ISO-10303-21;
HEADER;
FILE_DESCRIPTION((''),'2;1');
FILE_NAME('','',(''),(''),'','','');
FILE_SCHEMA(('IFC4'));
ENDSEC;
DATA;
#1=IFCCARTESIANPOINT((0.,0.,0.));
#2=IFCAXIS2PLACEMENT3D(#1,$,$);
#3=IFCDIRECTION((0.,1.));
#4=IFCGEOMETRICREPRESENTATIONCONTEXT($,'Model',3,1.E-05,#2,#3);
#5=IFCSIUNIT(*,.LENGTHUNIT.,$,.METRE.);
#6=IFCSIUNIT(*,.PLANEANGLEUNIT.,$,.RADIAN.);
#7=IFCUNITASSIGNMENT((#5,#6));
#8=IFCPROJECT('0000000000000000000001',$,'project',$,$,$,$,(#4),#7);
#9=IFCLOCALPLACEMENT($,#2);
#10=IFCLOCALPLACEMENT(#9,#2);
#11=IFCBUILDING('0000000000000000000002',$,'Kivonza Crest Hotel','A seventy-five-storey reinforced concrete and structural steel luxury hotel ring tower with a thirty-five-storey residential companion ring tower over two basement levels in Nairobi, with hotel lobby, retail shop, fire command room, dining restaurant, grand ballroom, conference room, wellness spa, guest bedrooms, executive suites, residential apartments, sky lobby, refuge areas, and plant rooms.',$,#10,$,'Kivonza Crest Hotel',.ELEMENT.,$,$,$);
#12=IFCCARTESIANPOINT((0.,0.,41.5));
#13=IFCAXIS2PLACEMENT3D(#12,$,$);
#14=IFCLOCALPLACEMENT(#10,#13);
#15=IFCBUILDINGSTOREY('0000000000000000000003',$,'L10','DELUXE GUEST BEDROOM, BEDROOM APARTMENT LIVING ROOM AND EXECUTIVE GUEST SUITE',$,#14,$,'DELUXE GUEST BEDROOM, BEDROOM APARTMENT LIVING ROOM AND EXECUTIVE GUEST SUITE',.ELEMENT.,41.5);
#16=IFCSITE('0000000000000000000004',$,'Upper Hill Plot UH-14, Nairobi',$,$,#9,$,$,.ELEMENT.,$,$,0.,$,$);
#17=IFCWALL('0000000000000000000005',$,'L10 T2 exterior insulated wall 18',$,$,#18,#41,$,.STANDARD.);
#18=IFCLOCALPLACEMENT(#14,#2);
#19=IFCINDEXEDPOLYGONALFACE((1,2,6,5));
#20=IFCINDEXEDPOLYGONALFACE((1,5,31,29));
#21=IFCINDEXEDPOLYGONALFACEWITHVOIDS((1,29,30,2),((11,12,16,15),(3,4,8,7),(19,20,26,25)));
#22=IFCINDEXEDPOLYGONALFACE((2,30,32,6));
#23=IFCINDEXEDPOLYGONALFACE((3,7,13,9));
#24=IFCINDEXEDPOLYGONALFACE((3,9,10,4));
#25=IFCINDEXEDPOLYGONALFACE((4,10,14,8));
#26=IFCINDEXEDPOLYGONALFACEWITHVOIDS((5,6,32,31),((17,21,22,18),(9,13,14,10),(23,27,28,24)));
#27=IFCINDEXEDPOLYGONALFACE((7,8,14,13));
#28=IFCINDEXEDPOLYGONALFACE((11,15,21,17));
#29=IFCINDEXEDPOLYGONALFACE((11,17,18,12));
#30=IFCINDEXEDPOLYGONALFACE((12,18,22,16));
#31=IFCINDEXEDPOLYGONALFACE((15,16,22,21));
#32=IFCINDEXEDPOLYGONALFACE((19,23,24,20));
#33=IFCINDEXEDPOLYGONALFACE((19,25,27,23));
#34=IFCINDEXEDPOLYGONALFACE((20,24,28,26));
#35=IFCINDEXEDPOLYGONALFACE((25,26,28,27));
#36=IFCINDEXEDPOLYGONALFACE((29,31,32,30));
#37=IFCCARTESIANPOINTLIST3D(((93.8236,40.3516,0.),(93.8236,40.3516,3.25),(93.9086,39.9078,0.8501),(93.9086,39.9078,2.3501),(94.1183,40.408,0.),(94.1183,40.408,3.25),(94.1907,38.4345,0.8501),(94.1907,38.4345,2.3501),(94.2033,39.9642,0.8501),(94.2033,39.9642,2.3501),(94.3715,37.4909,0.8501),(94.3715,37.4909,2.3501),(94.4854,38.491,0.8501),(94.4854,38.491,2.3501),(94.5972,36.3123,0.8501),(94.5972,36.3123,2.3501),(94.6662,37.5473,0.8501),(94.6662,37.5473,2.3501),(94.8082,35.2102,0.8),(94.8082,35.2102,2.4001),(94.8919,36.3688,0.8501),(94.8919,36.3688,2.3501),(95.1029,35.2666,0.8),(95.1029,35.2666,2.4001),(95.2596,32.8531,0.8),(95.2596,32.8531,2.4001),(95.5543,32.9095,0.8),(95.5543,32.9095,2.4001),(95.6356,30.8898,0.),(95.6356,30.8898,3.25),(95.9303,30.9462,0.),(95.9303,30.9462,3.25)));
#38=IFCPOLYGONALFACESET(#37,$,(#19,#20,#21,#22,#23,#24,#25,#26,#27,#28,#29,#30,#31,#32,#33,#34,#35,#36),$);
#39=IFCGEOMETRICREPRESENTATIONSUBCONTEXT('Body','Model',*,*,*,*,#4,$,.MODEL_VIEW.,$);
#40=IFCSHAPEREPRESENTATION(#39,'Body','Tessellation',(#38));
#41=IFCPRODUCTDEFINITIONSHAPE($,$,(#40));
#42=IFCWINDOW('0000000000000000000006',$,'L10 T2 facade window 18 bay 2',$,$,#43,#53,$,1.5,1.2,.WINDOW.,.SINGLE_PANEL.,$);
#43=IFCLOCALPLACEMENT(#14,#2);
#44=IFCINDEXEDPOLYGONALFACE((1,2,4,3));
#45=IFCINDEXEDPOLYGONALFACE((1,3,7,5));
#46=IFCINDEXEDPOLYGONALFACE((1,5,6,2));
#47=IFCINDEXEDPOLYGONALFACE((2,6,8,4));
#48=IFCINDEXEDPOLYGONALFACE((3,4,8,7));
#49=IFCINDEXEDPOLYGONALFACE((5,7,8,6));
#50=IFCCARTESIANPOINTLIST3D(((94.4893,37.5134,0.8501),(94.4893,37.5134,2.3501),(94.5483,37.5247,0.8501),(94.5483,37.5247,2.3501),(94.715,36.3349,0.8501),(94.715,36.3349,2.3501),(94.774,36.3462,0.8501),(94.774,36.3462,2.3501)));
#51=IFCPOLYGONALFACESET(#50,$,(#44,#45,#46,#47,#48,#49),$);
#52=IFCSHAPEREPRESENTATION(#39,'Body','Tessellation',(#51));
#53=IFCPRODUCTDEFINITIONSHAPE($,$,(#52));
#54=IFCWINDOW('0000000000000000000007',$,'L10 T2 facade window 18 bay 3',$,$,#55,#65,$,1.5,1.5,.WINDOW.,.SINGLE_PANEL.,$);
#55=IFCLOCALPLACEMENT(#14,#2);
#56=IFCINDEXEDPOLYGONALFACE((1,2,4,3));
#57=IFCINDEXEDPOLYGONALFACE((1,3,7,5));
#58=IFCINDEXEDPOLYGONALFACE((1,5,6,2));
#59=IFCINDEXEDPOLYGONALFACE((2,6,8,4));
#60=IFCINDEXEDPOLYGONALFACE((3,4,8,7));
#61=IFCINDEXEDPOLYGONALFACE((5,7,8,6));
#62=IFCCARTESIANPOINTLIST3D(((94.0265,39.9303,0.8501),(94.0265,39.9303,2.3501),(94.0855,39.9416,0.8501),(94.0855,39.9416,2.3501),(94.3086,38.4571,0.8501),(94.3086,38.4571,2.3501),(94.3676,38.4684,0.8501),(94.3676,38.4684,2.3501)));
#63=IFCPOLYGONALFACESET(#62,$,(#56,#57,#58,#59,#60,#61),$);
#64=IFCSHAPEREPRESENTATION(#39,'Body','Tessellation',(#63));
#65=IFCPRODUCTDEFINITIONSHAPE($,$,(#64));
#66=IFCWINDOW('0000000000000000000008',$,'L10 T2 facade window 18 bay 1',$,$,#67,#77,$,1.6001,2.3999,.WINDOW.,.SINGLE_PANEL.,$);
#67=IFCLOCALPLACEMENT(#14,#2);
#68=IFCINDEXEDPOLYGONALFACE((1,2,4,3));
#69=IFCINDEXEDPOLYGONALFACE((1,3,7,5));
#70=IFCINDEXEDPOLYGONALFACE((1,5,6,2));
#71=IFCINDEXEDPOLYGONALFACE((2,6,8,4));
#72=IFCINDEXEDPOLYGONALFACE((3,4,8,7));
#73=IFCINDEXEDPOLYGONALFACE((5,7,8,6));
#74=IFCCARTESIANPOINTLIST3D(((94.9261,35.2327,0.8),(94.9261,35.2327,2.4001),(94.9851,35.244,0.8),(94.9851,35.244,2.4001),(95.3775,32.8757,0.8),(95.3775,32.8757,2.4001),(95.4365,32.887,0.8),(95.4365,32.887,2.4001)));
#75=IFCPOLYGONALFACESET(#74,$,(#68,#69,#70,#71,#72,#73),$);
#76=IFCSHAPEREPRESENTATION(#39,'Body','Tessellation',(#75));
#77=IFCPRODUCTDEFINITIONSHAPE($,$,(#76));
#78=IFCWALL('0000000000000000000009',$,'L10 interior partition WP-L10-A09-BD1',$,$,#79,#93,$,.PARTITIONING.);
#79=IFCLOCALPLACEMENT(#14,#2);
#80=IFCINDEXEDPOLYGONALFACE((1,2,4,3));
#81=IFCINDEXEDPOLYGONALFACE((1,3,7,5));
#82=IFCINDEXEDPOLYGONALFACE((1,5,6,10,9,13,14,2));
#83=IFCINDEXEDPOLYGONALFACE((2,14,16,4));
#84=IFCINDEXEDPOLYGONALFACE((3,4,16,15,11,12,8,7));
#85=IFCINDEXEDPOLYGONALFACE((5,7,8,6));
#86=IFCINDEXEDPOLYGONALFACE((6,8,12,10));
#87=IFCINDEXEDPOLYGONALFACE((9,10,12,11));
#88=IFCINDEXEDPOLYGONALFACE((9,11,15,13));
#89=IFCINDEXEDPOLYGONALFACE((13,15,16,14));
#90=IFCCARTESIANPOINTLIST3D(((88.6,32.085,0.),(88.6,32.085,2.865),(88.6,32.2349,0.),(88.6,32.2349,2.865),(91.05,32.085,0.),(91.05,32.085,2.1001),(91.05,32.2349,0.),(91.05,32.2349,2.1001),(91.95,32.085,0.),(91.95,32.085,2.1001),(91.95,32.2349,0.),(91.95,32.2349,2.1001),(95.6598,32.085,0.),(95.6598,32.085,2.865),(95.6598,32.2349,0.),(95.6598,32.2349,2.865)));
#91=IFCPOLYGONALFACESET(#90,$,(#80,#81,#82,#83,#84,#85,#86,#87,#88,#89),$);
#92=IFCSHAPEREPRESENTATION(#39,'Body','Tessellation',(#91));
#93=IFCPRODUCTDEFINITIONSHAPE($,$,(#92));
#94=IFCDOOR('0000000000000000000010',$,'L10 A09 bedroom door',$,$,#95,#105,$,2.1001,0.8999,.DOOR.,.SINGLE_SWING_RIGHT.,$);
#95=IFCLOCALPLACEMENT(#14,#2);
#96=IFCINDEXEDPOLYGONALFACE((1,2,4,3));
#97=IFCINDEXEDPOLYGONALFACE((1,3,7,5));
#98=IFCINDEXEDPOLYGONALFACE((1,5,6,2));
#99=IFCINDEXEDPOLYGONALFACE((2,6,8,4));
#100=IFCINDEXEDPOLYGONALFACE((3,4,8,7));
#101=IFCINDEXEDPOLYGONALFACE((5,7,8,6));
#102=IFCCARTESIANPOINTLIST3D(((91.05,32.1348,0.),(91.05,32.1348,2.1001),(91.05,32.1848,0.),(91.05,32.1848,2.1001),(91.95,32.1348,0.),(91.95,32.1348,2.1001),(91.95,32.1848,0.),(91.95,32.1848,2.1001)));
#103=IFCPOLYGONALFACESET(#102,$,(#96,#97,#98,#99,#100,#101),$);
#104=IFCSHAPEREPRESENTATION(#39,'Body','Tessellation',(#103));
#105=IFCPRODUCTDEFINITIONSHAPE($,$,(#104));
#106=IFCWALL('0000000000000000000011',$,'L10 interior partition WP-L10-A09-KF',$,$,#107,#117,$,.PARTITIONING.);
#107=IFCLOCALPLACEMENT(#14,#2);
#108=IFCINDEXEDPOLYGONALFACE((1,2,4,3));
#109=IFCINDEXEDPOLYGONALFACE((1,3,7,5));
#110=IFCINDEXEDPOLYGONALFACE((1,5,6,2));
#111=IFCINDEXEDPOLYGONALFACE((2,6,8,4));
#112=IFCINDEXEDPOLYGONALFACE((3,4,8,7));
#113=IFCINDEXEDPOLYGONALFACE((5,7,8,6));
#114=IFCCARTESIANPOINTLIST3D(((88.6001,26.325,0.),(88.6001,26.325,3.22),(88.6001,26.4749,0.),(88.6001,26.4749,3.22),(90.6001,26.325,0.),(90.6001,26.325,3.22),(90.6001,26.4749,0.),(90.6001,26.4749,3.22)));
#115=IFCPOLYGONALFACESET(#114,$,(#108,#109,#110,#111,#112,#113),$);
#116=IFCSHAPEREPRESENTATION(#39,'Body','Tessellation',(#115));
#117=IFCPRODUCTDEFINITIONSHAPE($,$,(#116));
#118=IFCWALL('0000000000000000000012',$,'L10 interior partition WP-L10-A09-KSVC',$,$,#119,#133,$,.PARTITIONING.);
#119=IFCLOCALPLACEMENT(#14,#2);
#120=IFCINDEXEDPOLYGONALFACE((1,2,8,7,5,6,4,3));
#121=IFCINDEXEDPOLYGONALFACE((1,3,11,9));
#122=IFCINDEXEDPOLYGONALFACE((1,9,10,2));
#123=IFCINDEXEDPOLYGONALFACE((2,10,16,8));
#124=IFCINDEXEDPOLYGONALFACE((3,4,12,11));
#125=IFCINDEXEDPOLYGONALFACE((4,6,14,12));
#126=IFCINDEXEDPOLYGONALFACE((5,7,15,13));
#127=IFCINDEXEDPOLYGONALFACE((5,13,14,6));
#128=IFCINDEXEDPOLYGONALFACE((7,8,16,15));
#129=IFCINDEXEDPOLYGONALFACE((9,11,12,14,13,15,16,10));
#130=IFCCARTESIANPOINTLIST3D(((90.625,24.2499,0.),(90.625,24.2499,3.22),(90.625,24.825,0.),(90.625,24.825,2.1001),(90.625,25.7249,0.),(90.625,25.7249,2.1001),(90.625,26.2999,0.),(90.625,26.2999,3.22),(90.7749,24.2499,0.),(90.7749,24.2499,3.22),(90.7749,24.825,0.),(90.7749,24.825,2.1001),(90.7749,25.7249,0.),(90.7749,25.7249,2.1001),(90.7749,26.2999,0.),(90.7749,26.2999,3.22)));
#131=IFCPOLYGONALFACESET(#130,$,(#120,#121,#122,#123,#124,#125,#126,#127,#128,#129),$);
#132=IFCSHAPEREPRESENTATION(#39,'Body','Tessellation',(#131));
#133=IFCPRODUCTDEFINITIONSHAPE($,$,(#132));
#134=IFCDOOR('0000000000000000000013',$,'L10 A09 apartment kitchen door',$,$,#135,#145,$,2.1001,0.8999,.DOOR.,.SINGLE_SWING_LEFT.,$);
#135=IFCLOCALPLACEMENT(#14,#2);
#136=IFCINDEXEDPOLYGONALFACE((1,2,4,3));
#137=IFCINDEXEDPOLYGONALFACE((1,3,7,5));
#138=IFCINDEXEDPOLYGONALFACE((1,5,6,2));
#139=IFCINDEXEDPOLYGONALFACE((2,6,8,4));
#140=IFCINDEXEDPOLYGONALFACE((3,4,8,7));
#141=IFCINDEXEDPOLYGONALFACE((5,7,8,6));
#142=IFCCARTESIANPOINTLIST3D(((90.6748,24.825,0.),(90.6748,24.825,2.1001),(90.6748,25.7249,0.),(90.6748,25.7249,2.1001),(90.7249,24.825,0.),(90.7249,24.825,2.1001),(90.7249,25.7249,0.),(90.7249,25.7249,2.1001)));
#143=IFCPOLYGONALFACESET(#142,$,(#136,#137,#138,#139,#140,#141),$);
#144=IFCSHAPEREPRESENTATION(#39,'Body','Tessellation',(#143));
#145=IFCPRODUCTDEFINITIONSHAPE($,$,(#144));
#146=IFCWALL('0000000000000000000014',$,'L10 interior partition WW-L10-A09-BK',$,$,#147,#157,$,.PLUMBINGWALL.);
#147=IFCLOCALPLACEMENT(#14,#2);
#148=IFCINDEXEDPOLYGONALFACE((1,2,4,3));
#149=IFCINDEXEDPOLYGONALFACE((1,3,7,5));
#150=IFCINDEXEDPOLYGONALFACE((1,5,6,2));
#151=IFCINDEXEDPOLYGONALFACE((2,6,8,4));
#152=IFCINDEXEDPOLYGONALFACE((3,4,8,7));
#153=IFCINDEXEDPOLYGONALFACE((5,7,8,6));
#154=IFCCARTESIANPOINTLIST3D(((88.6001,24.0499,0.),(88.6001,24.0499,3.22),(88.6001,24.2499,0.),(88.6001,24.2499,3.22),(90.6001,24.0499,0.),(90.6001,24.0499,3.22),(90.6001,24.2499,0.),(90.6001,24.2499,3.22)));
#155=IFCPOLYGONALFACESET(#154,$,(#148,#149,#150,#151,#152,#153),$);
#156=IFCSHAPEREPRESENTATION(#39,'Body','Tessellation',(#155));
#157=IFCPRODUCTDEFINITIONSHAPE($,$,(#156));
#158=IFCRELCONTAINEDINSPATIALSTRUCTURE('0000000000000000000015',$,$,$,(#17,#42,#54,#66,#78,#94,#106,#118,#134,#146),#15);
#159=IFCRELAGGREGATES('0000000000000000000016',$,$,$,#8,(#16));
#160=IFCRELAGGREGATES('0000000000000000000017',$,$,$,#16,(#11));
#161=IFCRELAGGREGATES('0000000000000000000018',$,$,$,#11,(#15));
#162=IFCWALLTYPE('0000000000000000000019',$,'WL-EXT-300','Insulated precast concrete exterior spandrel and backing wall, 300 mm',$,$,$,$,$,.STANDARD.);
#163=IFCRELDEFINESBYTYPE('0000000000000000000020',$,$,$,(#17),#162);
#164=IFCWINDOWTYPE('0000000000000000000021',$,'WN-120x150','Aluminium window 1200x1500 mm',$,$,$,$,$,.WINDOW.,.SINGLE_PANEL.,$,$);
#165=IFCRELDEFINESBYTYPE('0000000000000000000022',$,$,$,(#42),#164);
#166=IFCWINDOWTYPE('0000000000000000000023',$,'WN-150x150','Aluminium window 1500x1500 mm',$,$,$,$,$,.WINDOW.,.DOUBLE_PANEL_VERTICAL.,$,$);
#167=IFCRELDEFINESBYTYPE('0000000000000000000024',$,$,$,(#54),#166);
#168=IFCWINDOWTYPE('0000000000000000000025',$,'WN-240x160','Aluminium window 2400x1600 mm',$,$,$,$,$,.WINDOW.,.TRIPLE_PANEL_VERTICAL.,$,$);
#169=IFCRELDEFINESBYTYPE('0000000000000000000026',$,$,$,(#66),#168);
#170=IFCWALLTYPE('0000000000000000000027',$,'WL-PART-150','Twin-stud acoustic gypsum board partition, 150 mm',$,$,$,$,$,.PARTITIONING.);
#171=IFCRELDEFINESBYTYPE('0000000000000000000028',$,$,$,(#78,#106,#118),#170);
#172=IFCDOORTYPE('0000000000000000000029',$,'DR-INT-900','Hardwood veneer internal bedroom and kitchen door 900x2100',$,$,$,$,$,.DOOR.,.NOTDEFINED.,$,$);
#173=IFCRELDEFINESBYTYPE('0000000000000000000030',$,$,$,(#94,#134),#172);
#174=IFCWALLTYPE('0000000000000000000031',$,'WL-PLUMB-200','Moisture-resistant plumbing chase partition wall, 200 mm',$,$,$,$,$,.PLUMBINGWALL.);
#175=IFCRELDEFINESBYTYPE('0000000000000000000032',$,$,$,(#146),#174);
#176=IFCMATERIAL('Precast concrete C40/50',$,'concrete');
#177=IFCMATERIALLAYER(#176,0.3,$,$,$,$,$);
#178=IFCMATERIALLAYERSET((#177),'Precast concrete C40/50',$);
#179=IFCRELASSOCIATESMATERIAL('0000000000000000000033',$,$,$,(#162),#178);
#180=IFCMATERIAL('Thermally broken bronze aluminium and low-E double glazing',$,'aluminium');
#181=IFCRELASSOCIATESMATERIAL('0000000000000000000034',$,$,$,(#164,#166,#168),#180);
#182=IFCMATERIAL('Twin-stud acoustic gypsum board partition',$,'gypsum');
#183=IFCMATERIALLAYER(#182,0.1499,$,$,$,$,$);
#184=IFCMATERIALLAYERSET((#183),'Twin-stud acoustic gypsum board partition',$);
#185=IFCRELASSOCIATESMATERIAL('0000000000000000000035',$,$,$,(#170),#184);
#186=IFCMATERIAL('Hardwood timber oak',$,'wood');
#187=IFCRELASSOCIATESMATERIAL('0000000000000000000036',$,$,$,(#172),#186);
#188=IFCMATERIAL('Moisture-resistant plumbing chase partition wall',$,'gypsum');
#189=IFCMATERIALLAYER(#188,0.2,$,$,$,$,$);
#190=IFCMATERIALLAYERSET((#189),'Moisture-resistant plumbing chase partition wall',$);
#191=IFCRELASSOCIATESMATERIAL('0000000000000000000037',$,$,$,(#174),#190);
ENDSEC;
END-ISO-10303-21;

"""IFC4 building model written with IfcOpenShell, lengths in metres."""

from ifc_helpers import new_model, si_unit, direction, frame, frame_2d, origin, place, context, subcontext, project, spatial, rectangle, extrude, material, layer, layer_set, type_object, element, fill, save


model = new_model("IFC4")

# Units and contexts
model_context = context("Model", 3, precision=1e-05, world=origin(), true_north=direction((0.0, 1.0)))
body_context = subcontext(model_context, "Body", "Model", "MODEL_VIEW")
ifc_project = project(units=[si_unit("LENGTHUNIT", "METRE"), si_unit("PLANEANGLEUNIT", "RADIAN")], contexts=[model_context])

# Site, building, storey
site_placement = place(None, origin())
site = spatial("IfcSite", under=ifc_project, at=site_placement, Name="Upper Hill Plot UH-14, Nairobi", CompositionType="ELEMENT", RefElevation=0.0)
building_placement = place(site_placement, origin())
building = spatial("IfcBuilding", under=site, at=building_placement, Name="Kivonza Crest Hotel", Description="A seventy-five-storey reinforced concrete and structural steel luxury hotel ring tower with a thirty-five-storey residential companion ring tower over two basement levels in Nairobi, with hotel lobby, retail shop, fire command room, dining restaurant, grand ballroom, conference room, wellness spa, guest bedrooms, executive suites, residential apartments, sky lobby, refuge areas, and plant rooms.", LongName="Kivonza Crest Hotel", CompositionType="ELEMENT")
storey_placement = place(building_placement, frame((0.0, 0.0, 41.5)))
storey = spatial("IfcBuildingStorey", under=building, at=storey_placement, Name="L10", Description="DELUXE GUEST BEDROOM, BEDROOM APARTMENT LIVING ROOM AND EXECUTIVE GUEST SUITE", LongName="DELUXE GUEST BEDROOM, BEDROOM APARTMENT LIVING ROOM AND EXECUTIVE GUEST SUITE", CompositionType="ELEMENT", Elevation=41.5)

# Wall, openings, windows
ifc_material_1 = material(Name="Precast concrete C40/50", Category="concrete")
ifc_layer_1 = layer(ifc_material_1, 0.3)
ifc_layer_set_1 = layer_set([ifc_layer_1], Name="Precast concrete C40/50")
wall_type_1 = type_object("IfcWallType", Name="WL-EXT-300", Description="Insulated precast concrete exterior spandrel and backing wall, 300 mm", PredefinedType="STANDARD", material=ifc_layer_set_1)
wall_1_placement = place(storey_placement, frame((95.783, 30.918, 0.0), z_axis=(0.0, 0.0, 1.0), x_axis=(-0.188088, 0.982152, 0.0)))
wall_1 = element("IfcWall", 1, at=wall_1_placement, inside=storey, type_object=wall_type_1, Name="L10 T2 exterior insulated wall 18", PredefinedType="STANDARD", context=body_context, shape_type="SweptSolid", body=[
    extrude(rectangle(XDim=9.6338, YDim=0.3, at=frame_2d((4.8169, 0.0))), origin(), (0.0, 0.0, 1.0), 3.25),
])
opening_1_placement = place(wall_1_placement, frame((1.999, 0.0, 0.8)))
opening_1 = element("IfcOpeningElement", 2, at=opening_1_placement, cuts=wall_1, PredefinedType="OPENING", context=body_context, shape_type="SweptSolid", body=[
    extrude(rectangle(XDim=2.3999, YDim=1.6001, at=frame_2d((1.2, 0.8))), frame((0.0, 0.1602, 0.0), z_axis=(0.0, -1.0, 0.0), x_axis=(1.0, 0.0, 0.0)), (0.0, 0.0, 1.0), 0.3201),
])
opening_2_placement = place(wall_1_placement, frame((5.521, 0.0, 0.8501)))
opening_2 = element("IfcOpeningElement", 3, at=opening_2_placement, cuts=wall_1, PredefinedType="OPENING", context=body_context, shape_type="SweptSolid", body=[
    extrude(rectangle(XDim=1.2, YDim=1.5, at=frame_2d((0.6001, 0.75))), frame((0.0, 0.1602, 0.0), z_axis=(0.0, -1.0, 0.0), x_axis=(1.0, 0.0, 0.0)), (0.0, 0.0, 1.0), 0.3201),
])
opening_3_placement = place(wall_1_placement, frame((7.6819, 0.0, 0.8501)))
opening_3 = element("IfcOpeningElement", 4, at=opening_3_placement, cuts=wall_1, PredefinedType="OPENING", context=body_context, shape_type="SweptSolid", body=[
    extrude(rectangle(XDim=1.5, YDim=1.5, at=frame_2d((0.75, 0.75))), frame((0.0, 0.1602, 0.0), z_axis=(0.0, -1.0, 0.0), x_axis=(1.0, 0.0, 0.0)), (0.0, 0.0, 1.0), 0.3201),
])
ifc_material_2 = material(Name="Thermally broken bronze aluminium and low-E double glazing", Category="aluminium")
window_type_1 = type_object("IfcWindowType", Name="WN-120x150", Description="Aluminium window 1200x1500 mm", PartitioningType="SINGLE_PANEL", PredefinedType="WINDOW", material=ifc_material_2)
window_1_placement = place(opening_2_placement, origin())
window_1 = element("IfcWindow", 5, at=window_1_placement, inside=storey, type_object=window_type_1, Name="L10 T2 facade window 18 bay 2", OverallHeight=1.5, OverallWidth=1.2, PartitioningType="SINGLE_PANEL", PredefinedType="WINDOW", context=body_context, shape_type="SweptSolid", body=[
    extrude(rectangle(XDim=1.2, YDim=1.5, at=frame_2d((0.6001, 0.75))), frame((0.0, 0.03, 0.0), z_axis=(0.0, -1.0, 0.0), x_axis=(1.0, 0.0, 0.0)), (0.0, 0.0, 1.0), 0.0601),
])
fill(opening_2, window_1)
window_type_2 = type_object("IfcWindowType", Name="WN-150x150", Description="Aluminium window 1500x1500 mm", PartitioningType="DOUBLE_PANEL_VERTICAL", PredefinedType="WINDOW", material=ifc_material_2)
window_2_placement = place(opening_3_placement, origin())
window_2 = element("IfcWindow", 6, at=window_2_placement, inside=storey, type_object=window_type_2, Name="L10 T2 facade window 18 bay 3", OverallHeight=1.5, OverallWidth=1.5, PartitioningType="SINGLE_PANEL", PredefinedType="WINDOW", context=body_context, shape_type="SweptSolid", body=[
    extrude(rectangle(XDim=1.5, YDim=1.5, at=frame_2d((0.75, 0.75))), frame((0.0, 0.03, 0.0), z_axis=(0.0, -1.0, 0.0), x_axis=(1.0, 0.0, 0.0)), (0.0, 0.0, 1.0), 0.0601),
])
fill(opening_3, window_2)
window_type_3 = type_object("IfcWindowType", Name="WN-240x160", Description="Aluminium window 2400x1600 mm", PartitioningType="TRIPLE_PANEL_VERTICAL", PredefinedType="WINDOW", material=ifc_material_2)
window_3_placement = place(opening_1_placement, origin())
window_3 = element("IfcWindow", 7, at=window_3_placement, inside=storey, type_object=window_type_3, Name="L10 T2 facade window 18 bay 1", OverallHeight=1.6001, OverallWidth=2.3999, PartitioningType="SINGLE_PANEL", PredefinedType="WINDOW", context=body_context, shape_type="SweptSolid", body=[
    extrude(rectangle(XDim=2.3999, YDim=1.6001, at=frame_2d((1.2, 0.8))), frame((0.0, 0.03, 0.0), z_axis=(0.0, -1.0, 0.0), x_axis=(1.0, 0.0, 0.0)), (0.0, 0.0, 1.0), 0.0601),
])
fill(opening_1, window_3)

# Wall, opening, door
ifc_material_3 = material(Name="Twin-stud acoustic gypsum board partition", Category="gypsum")
ifc_layer_2 = layer(ifc_material_3, 0.1499)
ifc_layer_set_2 = layer_set([ifc_layer_2], Name="Twin-stud acoustic gypsum board partition")
wall_type_2 = type_object("IfcWallType", Name="WL-PART-150", Description="Twin-stud acoustic gypsum board partition, 150 mm", PredefinedType="PARTITIONING", material=ifc_layer_set_2)
wall_2_placement = place(storey_placement, frame((88.6001, 32.1599, 0.0), z_axis=(0.0, 0.0, 1.0), x_axis=(1.0, 0.0, 0.0)))
wall_2 = element("IfcWall", 8, at=wall_2_placement, inside=storey, type_object=wall_type_2, Name="L10 interior partition WP-L10-A09-BD1", PredefinedType="PARTITIONING", context=body_context, shape_type="SweptSolid", body=[
    extrude(rectangle(XDim=7.0598, YDim=0.1499, at=frame_2d((3.5298, 0.0))), origin(), (0.0, 0.0, 1.0), 2.865),
])
opening_4_placement = place(wall_2_placement, frame((2.45, 0.0, 0.0)))
opening_4 = element("IfcOpeningElement", 9, at=opening_4_placement, cuts=wall_2, PredefinedType="OPENING", context=body_context, shape_type="SweptSolid", body=[
    extrude(rectangle(XDim=0.8999, YDim=2.1001, at=frame_2d((0.45, 1.05))), frame((0.0, 0.085, 0.0), z_axis=(0.0, -1.0, 0.0), x_axis=(1.0, 0.0, 0.0)), (0.0, 0.0, 1.0), 0.1699),
])
ifc_material_4 = material(Name="Hardwood timber oak", Category="wood")
door_type_1 = type_object("IfcDoorType", Name="DR-INT-900", Description="Hardwood veneer internal bedroom and kitchen door 900x2100", OperationType="NOTDEFINED", PredefinedType="DOOR", material=ifc_material_4)
door_1_placement = place(opening_4_placement, origin())
door_1 = element("IfcDoor", 10, at=door_1_placement, inside=storey, type_object=door_type_1, Name="L10 A09 bedroom door", OperationType="SINGLE_SWING_RIGHT", OverallHeight=2.1001, OverallWidth=0.8999, PredefinedType="DOOR", context=body_context, shape_type="SweptSolid", body=[
    extrude(rectangle(XDim=0.8999, YDim=2.1001, at=frame_2d((0.45, 1.05))), frame((0.0, 0.0249, 0.0), z_axis=(0.0, -1.0, 0.0), x_axis=(1.0, 0.0, 0.0)), (0.0, 0.0, 1.0), 0.05),
])
fill(opening_4, door_1)

# Wall
wall_3_placement = place(storey_placement, frame((88.6001, 26.3999, 0.0), z_axis=(0.0, 0.0, 1.0), x_axis=(1.0, 0.0, 0.0)))
element("IfcWall", 11, at=wall_3_placement, inside=storey, type_object=wall_type_2, Name="L10 interior partition WP-L10-A09-KF", PredefinedType="PARTITIONING", context=body_context, shape_type="SweptSolid", body=[
    extrude(rectangle(XDim=2.0, YDim=0.1499, at=frame_2d((1.0, 0.0))), origin(), (0.0, 0.0, 1.0), 3.22),
])

# Wall, opening, door
wall_4_placement = place(storey_placement, frame((90.7, 24.25, 0.0), z_axis=(0.0, 0.0, 1.0), x_axis=(0.0, 1.0, 0.0)))
wall_4 = element("IfcWall", 12, at=wall_4_placement, inside=storey, type_object=wall_type_2, Name="L10 interior partition WP-L10-A09-KSVC", PredefinedType="PARTITIONING", context=body_context, shape_type="SweptSolid", body=[
    extrude(rectangle(XDim=2.05, YDim=0.1499, at=frame_2d((1.0249, 0.0))), origin(), (0.0, 0.0, 1.0), 3.22),
])
opening_5_placement = place(wall_4_placement, frame((0.575, 0.0, 0.0)))
opening_5 = element("IfcOpeningElement", 13, at=opening_5_placement, cuts=wall_4, PredefinedType="OPENING", context=body_context, shape_type="SweptSolid", body=[
    extrude(rectangle(XDim=0.8999, YDim=2.1001, at=frame_2d((0.45, 1.05))), frame((0.0, 0.085, 0.0), z_axis=(0.0, -1.0, 0.0), x_axis=(1.0, 0.0, 0.0)), (0.0, 0.0, 1.0), 0.1699),
])
door_2_placement = place(opening_5_placement, frame((0.8999, 0.0, 0.0), z_axis=(0.0, 0.0, 1.0), x_axis=(-1.0, 0.0, 0.0)))
door_2 = element("IfcDoor", 14, at=door_2_placement, inside=storey, type_object=door_type_1, Name="L10 A09 apartment kitchen door", OperationType="SINGLE_SWING_LEFT", OverallHeight=2.1001, OverallWidth=0.8999, PredefinedType="DOOR", context=body_context, shape_type="SweptSolid", body=[
    extrude(rectangle(XDim=0.8999, YDim=2.1001, at=frame_2d((0.45, 1.05))), frame((0.0, 0.0249, 0.0), z_axis=(0.0, -1.0, 0.0), x_axis=(1.0, 0.0, 0.0)), (0.0, 0.0, 1.0), 0.05),
])
fill(opening_5, door_2)

# Wall
ifc_material_5 = material(Name="Moisture-resistant plumbing chase partition wall", Category="gypsum")
ifc_layer_3 = layer(ifc_material_5, 0.2)
ifc_layer_set_3 = layer_set([ifc_layer_3], Name="Moisture-resistant plumbing chase partition wall")
wall_type_3 = type_object("IfcWallType", Name="WL-PLUMB-200", Description="Moisture-resistant plumbing chase partition wall, 200 mm", PredefinedType="PLUMBINGWALL", material=ifc_layer_set_3)
wall_5_placement = place(storey_placement, frame((88.6001, 24.1499, 0.0), z_axis=(0.0, 0.0, 1.0), x_axis=(1.0, 0.0, 0.0)))
element("IfcWall", 15, at=wall_5_placement, inside=storey, type_object=wall_type_3, Name="L10 interior partition WW-L10-A09-BK", PredefinedType="PLUMBINGWALL", context=body_context, shape_type="SweptSolid", body=[
    extrude(rectangle(XDim=2.0, YDim=0.2, at=frame_2d((1.0, 0.0))), origin(), (0.0, 0.0, 1.0), 3.22),
])

save(model, "model.ifc")
